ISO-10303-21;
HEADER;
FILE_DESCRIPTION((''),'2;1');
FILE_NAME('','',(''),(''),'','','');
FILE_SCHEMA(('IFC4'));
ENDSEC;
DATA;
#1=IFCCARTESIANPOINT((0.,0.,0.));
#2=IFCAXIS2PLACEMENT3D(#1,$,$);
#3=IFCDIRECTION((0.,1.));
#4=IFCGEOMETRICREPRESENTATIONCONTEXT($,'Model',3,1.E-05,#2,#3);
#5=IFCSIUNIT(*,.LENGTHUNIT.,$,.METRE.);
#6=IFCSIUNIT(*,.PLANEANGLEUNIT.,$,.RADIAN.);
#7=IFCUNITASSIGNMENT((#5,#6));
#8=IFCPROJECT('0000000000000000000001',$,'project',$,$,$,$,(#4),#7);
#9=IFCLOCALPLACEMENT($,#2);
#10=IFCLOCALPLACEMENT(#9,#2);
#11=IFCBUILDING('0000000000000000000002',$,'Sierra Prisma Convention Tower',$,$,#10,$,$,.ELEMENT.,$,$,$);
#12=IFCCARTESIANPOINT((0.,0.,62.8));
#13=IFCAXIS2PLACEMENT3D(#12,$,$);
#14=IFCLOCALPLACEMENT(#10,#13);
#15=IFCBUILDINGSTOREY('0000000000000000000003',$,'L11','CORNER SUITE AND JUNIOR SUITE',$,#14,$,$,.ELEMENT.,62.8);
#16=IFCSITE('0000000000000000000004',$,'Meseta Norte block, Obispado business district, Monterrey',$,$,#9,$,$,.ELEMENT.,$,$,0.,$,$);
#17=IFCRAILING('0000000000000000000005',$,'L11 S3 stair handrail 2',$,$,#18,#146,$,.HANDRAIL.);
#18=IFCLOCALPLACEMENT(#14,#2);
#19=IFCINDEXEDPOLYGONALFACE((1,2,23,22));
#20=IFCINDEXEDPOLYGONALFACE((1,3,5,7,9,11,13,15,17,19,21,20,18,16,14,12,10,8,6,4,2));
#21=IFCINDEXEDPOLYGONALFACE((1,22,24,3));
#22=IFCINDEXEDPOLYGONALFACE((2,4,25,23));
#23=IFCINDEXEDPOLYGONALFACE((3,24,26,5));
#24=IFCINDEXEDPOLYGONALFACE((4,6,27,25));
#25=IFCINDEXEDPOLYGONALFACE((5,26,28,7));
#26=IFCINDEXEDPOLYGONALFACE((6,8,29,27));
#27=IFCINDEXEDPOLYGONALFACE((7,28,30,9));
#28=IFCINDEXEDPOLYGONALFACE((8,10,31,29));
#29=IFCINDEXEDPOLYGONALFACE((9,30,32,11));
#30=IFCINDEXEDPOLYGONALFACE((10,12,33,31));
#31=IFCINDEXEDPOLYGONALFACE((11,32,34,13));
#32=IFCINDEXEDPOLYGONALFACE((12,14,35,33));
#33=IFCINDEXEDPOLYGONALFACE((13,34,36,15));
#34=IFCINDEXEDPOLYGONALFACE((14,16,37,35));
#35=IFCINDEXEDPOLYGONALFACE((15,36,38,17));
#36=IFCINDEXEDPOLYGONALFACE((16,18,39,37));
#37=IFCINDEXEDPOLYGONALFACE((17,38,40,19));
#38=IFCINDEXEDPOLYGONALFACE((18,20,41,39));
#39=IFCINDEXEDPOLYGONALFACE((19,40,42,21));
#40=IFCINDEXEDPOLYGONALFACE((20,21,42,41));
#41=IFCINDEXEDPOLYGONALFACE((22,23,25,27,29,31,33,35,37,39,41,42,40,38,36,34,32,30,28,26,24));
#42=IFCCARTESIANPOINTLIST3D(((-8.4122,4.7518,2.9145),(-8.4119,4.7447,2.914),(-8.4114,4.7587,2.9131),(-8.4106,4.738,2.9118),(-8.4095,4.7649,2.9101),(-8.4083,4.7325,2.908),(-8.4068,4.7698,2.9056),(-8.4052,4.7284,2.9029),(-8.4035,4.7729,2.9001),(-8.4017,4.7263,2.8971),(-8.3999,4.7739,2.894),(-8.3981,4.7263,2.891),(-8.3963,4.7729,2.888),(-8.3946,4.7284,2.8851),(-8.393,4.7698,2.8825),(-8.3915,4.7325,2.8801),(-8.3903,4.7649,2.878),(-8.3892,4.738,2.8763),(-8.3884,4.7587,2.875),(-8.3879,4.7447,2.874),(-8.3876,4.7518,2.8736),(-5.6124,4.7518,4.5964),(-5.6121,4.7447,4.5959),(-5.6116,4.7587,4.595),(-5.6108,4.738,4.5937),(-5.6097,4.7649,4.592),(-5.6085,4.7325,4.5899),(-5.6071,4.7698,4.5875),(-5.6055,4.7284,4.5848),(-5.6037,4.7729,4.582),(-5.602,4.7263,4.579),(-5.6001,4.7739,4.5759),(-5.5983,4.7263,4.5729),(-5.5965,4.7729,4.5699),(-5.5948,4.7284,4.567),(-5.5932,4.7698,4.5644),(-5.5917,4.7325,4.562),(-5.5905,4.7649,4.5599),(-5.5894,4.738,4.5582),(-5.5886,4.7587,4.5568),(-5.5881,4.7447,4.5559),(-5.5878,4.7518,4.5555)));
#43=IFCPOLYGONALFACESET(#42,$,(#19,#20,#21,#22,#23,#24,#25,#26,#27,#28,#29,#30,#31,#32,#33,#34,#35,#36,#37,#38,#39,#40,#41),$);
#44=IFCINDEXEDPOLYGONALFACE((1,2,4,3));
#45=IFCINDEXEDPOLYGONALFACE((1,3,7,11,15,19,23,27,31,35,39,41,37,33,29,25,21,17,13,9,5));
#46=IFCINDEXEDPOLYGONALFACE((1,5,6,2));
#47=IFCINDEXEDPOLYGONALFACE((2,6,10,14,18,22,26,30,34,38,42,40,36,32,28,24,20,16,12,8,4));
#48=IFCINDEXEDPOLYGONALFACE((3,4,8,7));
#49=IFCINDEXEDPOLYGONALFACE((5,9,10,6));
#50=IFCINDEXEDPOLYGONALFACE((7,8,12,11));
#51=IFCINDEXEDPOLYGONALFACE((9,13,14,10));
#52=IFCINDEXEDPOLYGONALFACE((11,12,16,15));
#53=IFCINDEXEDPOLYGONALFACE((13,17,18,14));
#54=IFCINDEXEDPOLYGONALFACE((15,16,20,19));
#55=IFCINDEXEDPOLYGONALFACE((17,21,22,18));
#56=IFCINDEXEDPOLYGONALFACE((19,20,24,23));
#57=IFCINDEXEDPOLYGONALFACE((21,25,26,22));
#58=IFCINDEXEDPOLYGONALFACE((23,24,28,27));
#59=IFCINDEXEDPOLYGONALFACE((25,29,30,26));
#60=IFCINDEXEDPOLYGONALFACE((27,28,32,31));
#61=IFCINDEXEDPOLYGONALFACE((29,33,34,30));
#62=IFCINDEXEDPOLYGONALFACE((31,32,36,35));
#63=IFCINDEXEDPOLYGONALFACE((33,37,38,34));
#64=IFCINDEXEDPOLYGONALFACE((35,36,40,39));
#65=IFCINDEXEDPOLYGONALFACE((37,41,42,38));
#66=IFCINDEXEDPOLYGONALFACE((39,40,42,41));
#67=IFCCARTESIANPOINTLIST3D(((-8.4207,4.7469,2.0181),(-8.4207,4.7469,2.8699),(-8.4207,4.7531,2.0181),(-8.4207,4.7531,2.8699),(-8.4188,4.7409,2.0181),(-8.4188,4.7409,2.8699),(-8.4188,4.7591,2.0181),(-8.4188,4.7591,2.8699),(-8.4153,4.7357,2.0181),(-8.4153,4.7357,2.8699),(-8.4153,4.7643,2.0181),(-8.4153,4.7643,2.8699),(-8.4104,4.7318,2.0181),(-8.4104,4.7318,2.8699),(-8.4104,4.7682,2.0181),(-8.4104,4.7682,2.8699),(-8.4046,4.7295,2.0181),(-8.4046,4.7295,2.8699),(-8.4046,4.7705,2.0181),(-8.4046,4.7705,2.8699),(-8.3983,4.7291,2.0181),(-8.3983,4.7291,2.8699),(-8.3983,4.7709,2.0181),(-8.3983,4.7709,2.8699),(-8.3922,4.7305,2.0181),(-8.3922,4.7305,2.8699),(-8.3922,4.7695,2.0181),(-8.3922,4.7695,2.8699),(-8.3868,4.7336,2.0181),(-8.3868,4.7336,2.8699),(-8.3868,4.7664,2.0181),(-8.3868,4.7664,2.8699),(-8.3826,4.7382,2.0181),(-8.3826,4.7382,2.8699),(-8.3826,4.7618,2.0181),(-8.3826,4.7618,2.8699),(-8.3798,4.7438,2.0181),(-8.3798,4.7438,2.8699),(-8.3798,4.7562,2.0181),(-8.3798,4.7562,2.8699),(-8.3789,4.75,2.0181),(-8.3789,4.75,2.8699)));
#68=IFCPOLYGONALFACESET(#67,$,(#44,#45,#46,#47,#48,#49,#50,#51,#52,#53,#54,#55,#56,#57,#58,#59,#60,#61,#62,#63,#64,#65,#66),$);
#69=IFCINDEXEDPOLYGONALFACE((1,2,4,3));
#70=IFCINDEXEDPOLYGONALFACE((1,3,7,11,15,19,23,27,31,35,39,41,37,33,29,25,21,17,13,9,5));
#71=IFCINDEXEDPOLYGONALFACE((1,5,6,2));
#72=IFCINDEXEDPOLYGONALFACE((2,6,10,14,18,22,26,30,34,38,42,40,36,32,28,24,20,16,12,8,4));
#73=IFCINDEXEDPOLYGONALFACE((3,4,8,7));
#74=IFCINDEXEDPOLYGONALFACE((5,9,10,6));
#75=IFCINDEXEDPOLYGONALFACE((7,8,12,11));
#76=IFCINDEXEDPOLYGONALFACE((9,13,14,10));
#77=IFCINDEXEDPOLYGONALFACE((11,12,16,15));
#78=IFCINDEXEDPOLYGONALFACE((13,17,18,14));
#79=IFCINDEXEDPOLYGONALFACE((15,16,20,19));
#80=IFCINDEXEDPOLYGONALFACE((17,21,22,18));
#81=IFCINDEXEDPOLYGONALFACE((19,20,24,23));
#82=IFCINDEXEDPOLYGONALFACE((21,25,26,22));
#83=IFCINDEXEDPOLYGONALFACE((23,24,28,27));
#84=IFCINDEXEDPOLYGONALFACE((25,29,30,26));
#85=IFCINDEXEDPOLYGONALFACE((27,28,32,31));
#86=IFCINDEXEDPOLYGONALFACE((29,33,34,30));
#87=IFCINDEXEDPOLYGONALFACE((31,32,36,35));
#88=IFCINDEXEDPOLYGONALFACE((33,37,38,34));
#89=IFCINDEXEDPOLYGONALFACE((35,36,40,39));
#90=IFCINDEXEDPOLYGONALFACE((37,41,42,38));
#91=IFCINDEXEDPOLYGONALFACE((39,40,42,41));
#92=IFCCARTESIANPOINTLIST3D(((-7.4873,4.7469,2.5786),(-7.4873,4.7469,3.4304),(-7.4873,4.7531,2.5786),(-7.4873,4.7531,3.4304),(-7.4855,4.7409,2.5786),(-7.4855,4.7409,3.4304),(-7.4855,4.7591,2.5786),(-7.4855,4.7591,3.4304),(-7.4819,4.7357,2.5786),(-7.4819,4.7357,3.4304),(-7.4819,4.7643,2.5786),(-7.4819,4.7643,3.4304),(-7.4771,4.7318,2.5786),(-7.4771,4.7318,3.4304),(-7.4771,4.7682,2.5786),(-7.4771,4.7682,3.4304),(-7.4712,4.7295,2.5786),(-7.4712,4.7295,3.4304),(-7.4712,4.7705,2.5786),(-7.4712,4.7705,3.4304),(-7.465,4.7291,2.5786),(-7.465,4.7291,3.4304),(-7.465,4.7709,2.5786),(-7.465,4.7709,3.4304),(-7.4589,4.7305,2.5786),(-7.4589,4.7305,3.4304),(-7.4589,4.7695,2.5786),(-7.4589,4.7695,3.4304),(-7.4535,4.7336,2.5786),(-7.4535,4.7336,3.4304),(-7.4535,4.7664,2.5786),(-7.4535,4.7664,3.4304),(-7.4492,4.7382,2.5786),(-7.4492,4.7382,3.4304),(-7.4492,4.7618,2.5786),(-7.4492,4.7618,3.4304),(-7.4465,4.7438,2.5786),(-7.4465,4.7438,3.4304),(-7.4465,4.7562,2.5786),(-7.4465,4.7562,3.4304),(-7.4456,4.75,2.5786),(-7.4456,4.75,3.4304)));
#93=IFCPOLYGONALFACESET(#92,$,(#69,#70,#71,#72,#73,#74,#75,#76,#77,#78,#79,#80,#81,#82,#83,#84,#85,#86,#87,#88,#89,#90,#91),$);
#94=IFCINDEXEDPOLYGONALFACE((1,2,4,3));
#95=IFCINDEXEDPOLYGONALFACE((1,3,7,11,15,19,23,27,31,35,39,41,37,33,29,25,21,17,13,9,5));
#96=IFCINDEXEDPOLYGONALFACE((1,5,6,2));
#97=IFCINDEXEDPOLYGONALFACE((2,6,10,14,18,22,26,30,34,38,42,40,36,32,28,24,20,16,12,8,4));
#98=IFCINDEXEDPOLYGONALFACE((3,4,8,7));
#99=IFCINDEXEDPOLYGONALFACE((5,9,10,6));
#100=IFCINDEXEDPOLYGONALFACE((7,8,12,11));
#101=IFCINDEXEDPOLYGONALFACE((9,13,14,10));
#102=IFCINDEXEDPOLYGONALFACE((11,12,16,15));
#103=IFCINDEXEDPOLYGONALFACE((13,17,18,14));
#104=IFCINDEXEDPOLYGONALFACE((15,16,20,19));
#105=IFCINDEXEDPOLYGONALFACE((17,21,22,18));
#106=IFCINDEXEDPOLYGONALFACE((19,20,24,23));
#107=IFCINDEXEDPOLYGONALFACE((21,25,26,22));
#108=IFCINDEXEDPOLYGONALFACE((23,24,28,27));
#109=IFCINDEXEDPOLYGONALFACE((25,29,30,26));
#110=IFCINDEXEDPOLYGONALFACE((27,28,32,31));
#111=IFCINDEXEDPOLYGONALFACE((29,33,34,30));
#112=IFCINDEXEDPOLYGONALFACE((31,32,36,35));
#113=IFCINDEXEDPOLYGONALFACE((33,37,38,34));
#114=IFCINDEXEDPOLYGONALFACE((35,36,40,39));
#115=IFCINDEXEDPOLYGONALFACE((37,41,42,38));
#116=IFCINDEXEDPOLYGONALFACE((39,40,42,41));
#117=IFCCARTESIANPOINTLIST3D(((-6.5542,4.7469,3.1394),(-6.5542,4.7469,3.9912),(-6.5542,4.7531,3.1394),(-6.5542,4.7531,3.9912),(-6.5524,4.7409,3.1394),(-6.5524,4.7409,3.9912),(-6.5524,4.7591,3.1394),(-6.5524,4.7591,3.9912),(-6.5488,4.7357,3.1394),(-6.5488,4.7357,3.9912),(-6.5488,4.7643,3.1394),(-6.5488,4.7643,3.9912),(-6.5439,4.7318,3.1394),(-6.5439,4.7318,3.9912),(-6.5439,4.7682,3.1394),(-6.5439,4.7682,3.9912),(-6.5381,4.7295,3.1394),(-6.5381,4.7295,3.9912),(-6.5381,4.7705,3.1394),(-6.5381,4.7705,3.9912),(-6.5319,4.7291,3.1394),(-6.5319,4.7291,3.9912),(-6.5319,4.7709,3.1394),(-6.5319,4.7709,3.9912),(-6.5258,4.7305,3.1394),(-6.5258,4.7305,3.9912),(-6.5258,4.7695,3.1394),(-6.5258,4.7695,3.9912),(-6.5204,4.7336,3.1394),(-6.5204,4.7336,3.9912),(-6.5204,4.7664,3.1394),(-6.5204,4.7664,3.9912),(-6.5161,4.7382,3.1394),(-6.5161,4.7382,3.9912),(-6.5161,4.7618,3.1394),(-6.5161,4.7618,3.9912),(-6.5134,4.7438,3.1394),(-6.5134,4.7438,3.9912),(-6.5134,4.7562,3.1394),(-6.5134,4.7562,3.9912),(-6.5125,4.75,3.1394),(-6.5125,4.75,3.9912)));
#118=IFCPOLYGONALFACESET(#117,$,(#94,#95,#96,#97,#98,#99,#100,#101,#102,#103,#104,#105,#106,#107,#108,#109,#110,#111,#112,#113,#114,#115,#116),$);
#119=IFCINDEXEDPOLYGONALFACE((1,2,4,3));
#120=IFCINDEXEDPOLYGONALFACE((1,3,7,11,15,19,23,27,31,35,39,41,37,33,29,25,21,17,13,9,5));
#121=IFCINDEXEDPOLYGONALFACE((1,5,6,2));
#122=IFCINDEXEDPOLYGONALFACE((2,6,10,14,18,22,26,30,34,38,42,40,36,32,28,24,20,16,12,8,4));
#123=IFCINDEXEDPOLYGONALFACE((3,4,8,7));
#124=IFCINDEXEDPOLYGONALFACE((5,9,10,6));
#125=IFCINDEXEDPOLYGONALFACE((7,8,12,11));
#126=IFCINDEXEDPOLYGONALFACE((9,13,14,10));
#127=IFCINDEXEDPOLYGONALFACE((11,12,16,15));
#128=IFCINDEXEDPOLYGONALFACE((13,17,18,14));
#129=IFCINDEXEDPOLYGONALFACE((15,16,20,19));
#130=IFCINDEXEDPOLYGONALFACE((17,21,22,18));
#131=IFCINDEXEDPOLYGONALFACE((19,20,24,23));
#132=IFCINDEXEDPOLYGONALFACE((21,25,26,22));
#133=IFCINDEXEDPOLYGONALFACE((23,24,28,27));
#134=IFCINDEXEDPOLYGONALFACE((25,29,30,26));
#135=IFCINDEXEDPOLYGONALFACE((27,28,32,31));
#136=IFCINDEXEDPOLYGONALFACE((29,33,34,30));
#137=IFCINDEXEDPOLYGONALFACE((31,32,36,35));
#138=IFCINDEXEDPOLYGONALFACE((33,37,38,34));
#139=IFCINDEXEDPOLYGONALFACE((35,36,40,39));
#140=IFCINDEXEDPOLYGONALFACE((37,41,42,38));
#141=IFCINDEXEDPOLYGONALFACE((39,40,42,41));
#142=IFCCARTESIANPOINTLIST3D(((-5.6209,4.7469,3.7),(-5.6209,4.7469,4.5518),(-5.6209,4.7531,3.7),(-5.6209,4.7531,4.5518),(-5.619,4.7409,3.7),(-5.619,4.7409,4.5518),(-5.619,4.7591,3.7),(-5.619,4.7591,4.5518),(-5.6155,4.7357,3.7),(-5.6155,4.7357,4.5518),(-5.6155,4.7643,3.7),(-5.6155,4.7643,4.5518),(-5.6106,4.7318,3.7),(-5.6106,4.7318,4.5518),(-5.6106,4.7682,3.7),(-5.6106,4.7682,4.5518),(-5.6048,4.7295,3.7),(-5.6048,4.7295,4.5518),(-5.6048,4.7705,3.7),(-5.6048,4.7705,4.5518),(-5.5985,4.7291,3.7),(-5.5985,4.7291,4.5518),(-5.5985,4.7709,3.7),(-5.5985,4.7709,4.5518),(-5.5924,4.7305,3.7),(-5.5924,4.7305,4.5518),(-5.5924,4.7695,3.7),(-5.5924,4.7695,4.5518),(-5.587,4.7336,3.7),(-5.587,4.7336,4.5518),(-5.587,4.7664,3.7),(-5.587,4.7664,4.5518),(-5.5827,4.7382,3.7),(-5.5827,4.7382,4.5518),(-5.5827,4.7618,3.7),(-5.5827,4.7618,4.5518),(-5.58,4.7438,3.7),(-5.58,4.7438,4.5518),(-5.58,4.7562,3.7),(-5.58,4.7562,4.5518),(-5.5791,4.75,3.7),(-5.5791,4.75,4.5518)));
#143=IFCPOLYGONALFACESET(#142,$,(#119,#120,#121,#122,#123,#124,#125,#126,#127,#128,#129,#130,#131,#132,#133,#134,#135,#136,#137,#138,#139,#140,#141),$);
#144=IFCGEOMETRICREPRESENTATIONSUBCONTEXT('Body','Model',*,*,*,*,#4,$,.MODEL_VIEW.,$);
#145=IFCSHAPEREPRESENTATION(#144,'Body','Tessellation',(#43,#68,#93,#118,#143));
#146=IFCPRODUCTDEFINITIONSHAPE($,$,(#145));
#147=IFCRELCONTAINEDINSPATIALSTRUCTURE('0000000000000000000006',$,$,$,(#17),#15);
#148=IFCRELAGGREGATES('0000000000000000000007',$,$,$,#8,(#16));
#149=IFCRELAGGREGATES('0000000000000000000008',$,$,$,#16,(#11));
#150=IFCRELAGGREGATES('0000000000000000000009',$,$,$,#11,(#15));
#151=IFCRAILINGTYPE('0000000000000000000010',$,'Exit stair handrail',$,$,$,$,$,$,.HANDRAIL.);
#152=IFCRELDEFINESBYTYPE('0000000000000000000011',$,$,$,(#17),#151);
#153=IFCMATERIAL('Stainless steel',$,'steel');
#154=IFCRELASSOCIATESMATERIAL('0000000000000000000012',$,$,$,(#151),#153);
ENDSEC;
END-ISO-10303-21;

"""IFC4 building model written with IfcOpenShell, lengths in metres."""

from ifc_helpers import new_model, si_unit, direction, frame, origin, origin_2d, place, context, subcontext, project, spatial, circle, extrude, material, type_object, element, save


model = new_model("IFC4")

# Units and contexts
model_context = context("Model", 3, precision=1e-05, world=origin(), true_north=direction((0.0, 1.0)))
body_context = subcontext(model_context, "Body", "Model", "MODEL_VIEW")
ifc_project = project(units=[si_unit("LENGTHUNIT", "METRE"), si_unit("PLANEANGLEUNIT", "RADIAN")], contexts=[model_context])

# Site, building, storey
site_placement = place(None, origin())
site = spatial("IfcSite", under=ifc_project, at=site_placement, Name="Meseta Norte block, Obispado business district, Monterrey", CompositionType="ELEMENT", RefElevation=0.0)
building_placement = place(site_placement, origin())
building = spatial("IfcBuilding", under=site, at=building_placement, Name="Sierra Prisma Convention Tower", CompositionType="ELEMENT")
storey_placement = place(building_placement, frame((0.0, 0.0, 62.8)))
storey = spatial("IfcBuildingStorey", under=building, at=storey_placement, Name="L11", Description="CORNER SUITE AND JUNIOR SUITE", CompositionType="ELEMENT", Elevation=62.8)

# Railing
ifc_material_1 = material(Name="Stainless steel", Category="steel")
railing_type_1 = type_object("IfcRailingType", Name="Exit stair handrail", PredefinedType="HANDRAIL", material=ifc_material_1)
railing_1_placement = place(storey_placement, frame((-8.3999, 4.75, 2.0181)))
element("IfcRailing", 1, at=railing_1_placement, inside=storey, type_object=railing_type_1, Name="L11 S3 stair handrail 2", PredefinedType="HANDRAIL", context=body_context, shape_type="SweptSolid", body=[
    extrude(circle(Radius=0.0239, at=origin_2d()), frame((0.0, 0.0, 0.876), z_axis=(0.857222, 0.0, 0.514946), x_axis=(0.0, 1.0, 0.0)), (0.0, 0.0, 1.0), 3.2661),
    extrude(circle(Radius=0.021, at=origin_2d()), origin(), (0.0, 0.0, 1.0), 0.8518),
    extrude(circle(Radius=0.021, at=origin_2d()), frame((0.9333, 0.0, 0.5605)), (0.0, 0.0, 1.0), 0.8518),
    extrude(circle(Radius=0.021, at=origin_2d()), frame((1.8665, 0.0, 1.1213)), (0.0, 0.0, 1.0), 0.8518),
    extrude(circle(Radius=0.021, at=origin_2d()), frame((2.7998, 0.0, 1.6819)), (0.0, 0.0, 1.0), 0.8518),
])

save(model, "model.ifc")
